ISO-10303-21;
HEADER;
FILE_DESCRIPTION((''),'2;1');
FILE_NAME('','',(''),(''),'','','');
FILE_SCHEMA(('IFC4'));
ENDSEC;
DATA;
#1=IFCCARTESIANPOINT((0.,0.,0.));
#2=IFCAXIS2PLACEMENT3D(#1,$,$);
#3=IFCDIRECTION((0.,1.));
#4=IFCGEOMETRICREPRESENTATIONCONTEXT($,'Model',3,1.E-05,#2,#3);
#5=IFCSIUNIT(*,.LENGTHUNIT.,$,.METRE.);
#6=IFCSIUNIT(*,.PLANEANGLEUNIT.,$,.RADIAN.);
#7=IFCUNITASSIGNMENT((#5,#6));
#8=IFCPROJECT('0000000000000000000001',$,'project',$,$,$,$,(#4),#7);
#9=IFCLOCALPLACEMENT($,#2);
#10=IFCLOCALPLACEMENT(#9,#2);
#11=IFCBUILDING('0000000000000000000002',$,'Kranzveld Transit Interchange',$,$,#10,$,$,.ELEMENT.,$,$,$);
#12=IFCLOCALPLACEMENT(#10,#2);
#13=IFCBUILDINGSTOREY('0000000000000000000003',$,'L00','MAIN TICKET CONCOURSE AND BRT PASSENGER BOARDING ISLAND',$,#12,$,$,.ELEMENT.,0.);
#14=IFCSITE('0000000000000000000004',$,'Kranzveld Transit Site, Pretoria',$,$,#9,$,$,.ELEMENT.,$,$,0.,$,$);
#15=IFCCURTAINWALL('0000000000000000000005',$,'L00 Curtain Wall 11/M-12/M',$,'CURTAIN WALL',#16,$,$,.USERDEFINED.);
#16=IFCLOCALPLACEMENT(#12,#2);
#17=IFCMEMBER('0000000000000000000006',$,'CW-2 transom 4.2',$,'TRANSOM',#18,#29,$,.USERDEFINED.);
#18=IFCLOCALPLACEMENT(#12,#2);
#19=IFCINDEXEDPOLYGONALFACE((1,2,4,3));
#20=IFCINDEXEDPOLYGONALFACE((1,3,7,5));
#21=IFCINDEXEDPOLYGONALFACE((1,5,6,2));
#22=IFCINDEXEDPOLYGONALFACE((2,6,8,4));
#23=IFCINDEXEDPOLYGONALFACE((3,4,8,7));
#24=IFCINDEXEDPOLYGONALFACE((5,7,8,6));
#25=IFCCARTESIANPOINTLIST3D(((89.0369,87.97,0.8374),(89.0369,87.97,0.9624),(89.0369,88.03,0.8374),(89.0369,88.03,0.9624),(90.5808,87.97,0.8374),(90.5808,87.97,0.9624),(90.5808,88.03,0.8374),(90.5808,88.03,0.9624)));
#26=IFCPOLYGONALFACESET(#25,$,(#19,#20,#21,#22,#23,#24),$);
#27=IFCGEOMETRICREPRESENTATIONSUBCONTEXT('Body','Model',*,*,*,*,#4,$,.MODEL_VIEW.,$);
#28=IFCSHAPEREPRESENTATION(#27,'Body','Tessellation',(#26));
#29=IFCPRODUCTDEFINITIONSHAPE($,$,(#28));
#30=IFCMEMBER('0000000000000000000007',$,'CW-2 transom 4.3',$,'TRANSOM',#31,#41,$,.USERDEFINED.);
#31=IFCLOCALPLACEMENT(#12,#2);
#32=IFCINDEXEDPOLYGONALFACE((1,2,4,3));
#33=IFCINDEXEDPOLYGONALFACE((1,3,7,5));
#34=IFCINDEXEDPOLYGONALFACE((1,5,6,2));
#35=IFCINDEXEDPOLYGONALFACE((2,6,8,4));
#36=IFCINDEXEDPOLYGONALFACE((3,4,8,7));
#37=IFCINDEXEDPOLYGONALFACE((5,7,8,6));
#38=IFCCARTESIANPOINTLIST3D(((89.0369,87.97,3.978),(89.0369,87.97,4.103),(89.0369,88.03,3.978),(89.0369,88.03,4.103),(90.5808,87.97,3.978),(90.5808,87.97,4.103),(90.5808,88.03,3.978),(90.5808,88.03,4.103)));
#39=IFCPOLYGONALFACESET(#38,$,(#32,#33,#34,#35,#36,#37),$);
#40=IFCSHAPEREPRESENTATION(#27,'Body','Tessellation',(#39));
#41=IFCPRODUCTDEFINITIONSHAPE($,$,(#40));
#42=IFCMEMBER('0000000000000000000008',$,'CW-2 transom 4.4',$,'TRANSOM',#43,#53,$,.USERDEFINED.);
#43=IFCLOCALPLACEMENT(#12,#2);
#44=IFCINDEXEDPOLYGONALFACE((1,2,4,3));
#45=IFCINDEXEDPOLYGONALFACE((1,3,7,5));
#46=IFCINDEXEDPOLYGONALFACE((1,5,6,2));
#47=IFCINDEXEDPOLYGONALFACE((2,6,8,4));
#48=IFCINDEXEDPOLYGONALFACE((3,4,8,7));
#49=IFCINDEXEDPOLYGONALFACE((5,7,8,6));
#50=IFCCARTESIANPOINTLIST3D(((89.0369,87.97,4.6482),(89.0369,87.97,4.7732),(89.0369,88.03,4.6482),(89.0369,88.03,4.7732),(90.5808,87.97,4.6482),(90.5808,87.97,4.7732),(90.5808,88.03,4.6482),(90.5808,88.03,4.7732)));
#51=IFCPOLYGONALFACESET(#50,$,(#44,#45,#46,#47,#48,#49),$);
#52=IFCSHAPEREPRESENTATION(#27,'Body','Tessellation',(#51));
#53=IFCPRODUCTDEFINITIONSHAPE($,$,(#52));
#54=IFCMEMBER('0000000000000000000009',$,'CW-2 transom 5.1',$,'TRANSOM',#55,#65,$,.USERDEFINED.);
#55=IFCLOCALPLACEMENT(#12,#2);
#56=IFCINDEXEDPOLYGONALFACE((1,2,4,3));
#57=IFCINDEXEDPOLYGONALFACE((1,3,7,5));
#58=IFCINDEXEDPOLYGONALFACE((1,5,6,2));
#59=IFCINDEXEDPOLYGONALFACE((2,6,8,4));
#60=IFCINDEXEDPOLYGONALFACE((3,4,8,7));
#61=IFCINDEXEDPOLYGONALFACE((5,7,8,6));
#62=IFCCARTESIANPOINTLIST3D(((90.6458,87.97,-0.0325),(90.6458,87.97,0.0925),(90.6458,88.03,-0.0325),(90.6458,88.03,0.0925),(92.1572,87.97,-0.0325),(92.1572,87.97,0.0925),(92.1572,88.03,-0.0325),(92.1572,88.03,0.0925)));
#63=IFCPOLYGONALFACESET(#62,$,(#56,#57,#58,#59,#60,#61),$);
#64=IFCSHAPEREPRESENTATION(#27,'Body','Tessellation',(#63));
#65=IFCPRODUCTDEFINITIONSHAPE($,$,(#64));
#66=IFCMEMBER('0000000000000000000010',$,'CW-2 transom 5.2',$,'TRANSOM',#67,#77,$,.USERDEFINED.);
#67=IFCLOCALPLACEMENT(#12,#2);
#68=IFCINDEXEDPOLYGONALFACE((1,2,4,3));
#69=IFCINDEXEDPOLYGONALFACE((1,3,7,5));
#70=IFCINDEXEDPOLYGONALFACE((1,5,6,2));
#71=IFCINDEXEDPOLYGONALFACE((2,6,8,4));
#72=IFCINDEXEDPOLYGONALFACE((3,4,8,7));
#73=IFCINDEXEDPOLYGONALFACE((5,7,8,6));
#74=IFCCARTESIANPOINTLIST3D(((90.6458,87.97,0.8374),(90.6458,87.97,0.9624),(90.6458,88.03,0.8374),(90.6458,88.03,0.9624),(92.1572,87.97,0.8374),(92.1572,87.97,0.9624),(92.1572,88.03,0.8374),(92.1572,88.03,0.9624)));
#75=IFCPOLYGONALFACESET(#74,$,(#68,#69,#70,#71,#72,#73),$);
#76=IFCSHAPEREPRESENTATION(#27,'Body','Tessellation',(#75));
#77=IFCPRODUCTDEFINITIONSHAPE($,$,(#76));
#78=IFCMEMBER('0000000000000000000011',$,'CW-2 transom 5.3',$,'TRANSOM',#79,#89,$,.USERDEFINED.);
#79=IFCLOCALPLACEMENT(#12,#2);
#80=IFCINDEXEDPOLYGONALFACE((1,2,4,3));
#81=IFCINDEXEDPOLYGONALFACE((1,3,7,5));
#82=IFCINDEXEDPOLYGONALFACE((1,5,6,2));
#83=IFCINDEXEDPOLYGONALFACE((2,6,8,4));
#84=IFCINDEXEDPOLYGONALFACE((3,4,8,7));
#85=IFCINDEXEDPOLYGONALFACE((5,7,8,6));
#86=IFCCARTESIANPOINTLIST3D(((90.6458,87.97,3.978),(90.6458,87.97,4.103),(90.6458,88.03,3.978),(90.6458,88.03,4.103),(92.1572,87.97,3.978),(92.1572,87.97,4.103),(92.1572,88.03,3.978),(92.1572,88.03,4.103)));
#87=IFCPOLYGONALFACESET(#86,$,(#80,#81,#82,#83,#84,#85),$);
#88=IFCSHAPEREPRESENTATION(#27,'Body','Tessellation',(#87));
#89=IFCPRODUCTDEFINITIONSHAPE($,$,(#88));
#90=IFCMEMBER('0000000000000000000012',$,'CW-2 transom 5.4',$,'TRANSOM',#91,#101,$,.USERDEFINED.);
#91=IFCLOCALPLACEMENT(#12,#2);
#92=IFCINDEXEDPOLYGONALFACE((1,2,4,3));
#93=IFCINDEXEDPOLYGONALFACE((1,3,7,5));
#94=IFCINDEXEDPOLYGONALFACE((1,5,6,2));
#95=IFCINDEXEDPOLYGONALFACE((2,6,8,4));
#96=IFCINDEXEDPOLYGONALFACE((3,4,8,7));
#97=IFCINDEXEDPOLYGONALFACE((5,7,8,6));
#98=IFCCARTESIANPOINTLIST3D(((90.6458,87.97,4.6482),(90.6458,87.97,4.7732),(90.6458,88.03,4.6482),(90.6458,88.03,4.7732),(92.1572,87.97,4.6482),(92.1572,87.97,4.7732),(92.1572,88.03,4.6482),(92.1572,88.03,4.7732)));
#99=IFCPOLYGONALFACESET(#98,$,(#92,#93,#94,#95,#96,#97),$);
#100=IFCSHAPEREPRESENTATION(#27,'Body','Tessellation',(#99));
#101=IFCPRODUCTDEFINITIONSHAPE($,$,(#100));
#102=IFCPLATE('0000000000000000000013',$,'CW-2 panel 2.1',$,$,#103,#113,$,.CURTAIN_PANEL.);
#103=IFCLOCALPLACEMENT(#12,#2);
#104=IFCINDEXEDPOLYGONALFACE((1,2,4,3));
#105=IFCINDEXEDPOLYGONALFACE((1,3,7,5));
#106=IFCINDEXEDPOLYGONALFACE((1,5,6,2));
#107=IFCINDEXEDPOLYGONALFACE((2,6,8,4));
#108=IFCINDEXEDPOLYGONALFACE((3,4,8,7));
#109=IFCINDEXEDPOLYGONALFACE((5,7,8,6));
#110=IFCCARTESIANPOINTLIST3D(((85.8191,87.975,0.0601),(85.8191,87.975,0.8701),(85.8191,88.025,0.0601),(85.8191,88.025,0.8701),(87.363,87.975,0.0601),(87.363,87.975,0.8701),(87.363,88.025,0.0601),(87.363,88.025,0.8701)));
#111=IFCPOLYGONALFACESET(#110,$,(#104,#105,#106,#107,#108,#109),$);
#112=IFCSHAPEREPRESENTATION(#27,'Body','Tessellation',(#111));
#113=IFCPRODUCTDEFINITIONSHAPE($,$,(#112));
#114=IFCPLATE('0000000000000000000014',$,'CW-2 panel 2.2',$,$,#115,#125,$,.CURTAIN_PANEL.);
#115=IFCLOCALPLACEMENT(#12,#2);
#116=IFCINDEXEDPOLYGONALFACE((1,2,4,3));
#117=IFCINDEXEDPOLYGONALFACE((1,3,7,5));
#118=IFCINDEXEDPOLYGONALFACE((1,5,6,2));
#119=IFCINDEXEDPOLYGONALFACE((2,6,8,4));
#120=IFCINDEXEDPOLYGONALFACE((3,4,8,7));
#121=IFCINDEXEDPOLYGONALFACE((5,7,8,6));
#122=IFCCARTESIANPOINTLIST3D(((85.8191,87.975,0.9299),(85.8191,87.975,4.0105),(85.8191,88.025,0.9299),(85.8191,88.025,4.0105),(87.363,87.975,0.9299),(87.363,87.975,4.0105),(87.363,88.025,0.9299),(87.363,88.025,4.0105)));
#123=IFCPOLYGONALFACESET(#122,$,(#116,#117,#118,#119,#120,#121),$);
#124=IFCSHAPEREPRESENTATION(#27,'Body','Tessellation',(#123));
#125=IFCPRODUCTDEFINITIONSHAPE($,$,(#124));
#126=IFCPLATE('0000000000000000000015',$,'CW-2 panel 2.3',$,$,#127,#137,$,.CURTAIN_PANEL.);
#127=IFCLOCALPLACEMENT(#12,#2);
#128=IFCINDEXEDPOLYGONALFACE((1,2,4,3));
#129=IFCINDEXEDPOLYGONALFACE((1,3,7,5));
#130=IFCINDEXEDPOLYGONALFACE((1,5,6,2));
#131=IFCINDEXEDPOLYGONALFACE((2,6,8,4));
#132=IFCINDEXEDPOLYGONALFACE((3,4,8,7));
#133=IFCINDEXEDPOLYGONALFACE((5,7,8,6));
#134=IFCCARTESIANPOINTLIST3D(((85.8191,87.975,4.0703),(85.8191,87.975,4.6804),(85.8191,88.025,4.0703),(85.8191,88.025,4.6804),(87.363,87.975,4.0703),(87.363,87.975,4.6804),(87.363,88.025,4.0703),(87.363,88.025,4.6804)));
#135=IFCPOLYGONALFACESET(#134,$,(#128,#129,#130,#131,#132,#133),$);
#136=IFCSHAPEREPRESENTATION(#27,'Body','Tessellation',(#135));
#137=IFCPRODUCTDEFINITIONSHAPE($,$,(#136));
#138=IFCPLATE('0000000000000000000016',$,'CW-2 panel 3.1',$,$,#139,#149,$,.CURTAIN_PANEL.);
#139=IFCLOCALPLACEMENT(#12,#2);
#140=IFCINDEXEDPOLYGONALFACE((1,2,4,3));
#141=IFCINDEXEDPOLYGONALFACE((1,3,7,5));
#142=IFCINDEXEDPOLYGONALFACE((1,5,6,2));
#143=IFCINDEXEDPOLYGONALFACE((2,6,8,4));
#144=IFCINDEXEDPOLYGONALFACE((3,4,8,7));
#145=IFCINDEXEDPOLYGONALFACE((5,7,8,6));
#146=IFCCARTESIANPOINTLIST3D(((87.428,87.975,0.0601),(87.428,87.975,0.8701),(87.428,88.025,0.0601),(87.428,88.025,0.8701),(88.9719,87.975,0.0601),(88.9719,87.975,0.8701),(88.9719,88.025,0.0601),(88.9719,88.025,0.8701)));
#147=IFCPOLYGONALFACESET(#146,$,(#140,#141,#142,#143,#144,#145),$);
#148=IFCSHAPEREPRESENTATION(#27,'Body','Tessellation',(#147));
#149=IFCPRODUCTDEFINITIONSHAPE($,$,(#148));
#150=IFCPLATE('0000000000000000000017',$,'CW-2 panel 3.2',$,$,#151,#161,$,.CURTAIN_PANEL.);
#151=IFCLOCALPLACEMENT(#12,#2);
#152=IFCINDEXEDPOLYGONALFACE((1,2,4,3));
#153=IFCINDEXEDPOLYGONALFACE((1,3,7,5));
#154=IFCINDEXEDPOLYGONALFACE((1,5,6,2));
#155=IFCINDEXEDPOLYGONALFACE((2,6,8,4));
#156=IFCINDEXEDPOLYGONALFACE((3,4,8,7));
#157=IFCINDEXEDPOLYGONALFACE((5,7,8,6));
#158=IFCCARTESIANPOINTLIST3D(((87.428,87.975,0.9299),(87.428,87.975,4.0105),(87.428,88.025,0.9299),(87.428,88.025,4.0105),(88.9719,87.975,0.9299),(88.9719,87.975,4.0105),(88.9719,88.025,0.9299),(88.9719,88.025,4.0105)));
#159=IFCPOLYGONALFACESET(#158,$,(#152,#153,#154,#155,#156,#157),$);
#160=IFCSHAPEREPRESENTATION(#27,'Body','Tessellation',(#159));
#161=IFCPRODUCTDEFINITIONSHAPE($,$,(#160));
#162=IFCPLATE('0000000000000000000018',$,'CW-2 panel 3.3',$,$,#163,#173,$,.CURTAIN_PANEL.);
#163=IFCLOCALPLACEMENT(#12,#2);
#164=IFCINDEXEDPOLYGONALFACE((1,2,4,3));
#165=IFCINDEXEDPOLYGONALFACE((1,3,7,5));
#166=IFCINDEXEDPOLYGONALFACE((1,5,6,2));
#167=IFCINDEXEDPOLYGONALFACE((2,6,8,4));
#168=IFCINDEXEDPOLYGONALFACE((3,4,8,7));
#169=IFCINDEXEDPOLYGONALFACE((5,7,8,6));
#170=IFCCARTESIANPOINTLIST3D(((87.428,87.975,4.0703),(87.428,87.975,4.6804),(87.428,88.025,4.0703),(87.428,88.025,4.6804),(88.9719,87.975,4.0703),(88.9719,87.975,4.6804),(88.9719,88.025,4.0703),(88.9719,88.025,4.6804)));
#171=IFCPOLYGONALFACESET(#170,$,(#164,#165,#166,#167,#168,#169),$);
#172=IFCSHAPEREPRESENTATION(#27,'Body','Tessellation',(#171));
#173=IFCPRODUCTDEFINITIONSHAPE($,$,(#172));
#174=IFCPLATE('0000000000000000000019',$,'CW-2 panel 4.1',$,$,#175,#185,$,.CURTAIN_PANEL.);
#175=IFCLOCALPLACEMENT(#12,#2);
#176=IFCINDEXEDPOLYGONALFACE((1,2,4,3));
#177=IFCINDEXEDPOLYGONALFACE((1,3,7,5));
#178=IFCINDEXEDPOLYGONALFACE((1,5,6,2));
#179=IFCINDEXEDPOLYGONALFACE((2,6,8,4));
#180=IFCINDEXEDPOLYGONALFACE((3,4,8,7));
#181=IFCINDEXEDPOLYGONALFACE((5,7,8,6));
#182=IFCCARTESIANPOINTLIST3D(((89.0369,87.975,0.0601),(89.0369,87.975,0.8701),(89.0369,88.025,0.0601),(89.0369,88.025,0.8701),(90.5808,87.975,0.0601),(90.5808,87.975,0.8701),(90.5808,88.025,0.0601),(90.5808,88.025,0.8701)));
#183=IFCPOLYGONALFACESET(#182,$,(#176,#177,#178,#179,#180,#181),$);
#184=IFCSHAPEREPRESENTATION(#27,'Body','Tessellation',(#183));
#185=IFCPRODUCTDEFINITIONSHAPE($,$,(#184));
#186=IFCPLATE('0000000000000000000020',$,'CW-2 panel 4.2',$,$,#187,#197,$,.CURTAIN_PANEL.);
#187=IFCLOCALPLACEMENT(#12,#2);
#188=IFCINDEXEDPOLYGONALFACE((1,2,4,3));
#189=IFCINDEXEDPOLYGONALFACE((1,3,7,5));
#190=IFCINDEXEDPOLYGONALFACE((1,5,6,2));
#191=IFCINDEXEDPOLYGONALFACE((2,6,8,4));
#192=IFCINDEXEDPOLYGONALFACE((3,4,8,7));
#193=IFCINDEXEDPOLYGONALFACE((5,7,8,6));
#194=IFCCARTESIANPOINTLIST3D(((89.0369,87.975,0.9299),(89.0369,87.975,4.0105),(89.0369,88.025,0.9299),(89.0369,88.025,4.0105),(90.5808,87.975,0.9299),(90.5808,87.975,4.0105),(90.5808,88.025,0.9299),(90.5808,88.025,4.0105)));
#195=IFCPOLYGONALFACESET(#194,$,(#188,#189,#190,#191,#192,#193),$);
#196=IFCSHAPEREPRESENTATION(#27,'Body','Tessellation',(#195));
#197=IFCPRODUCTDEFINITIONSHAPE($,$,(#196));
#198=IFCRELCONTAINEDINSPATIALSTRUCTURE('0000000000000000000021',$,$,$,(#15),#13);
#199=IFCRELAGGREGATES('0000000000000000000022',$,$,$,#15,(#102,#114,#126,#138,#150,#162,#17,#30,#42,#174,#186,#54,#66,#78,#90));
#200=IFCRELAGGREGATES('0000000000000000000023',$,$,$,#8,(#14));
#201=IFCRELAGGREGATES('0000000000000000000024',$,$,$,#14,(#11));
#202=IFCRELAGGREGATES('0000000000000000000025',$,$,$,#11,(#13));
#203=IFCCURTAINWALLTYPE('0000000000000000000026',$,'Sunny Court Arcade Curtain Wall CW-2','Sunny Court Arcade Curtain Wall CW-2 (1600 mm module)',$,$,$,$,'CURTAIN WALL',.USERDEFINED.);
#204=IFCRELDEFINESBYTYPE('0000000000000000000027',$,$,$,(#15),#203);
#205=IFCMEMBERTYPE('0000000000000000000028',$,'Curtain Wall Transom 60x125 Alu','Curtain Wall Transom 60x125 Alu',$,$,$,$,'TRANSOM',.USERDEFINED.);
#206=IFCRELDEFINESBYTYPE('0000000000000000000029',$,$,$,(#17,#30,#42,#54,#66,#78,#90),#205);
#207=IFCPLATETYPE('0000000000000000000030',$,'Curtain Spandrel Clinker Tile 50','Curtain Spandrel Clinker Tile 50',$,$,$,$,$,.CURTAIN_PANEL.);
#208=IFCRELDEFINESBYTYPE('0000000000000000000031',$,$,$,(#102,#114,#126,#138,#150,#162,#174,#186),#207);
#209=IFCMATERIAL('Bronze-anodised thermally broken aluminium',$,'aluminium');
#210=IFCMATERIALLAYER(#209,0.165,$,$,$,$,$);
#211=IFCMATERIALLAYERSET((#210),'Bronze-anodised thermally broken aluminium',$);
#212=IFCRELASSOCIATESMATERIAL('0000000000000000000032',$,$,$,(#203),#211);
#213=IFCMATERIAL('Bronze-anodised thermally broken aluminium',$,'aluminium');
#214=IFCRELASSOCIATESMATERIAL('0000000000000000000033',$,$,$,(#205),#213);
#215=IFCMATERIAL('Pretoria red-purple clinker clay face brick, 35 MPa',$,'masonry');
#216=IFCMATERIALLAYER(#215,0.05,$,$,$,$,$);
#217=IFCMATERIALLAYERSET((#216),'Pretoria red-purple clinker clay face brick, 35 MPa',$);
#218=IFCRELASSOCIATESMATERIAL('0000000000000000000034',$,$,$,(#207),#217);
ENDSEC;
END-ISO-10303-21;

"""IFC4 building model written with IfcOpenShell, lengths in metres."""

from ifc_helpers import new_model, si_unit, direction, frame, origin, origin_2d, place, context, subcontext, project, spatial, rectangle, extrude, material, layer, layer_set, material_profile, profile_set, type_object, element, aggregate, save


model = new_model("IFC4")

# Units and contexts
model_context = context("Model", 3, precision=1e-05, world=origin(), true_north=direction((0.0, 1.0)))
body_context = subcontext(model_context, "Body", "Model", "MODEL_VIEW")
ifc_project = project(units=[si_unit("LENGTHUNIT", "METRE"), si_unit("PLANEANGLEUNIT", "RADIAN")], contexts=[model_context])

# Site, building, storey
site_placement = place(None, origin())
site = spatial("IfcSite", under=ifc_project, at=site_placement, Name="Kranzveld Transit Site, Pretoria", CompositionType="ELEMENT", RefElevation=0.0)
building_placement = place(site_placement, origin())
building = spatial("IfcBuilding", under=site, at=building_placement, Name="Kranzveld Transit Interchange", CompositionType="ELEMENT")
storey_placement = place(building_placement, origin())
storey = spatial("IfcBuildingStorey", under=building, at=storey_placement, Name="L00", Description="MAIN TICKET CONCOURSE AND BRT PASSENGER BOARDING ISLAND", CompositionType="ELEMENT", Elevation=0.0)

# Curtain wall, members, plates
ifc_material_1 = material(Name="Bronze-anodised thermally broken aluminium", Category="aluminium")
ifc_layer_1 = layer(ifc_material_1, 0.165)
ifc_layer_set_1 = layer_set([ifc_layer_1], Name="Bronze-anodised thermally broken aluminium")
curtain_wall_type = type_object("IfcCurtainWallType", Name="Sunny Court Arcade Curtain Wall CW-2", Description="Sunny Court Arcade Curtain Wall CW-2 (1600 mm module)", ElementType="CURTAIN WALL", PredefinedType="USERDEFINED", material=ifc_layer_set_1)
curtain_wall_placement = place(storey_placement, origin())
curtain_wall = element("IfcCurtainWall", 1, at=curtain_wall_placement, inside=storey, type_object=curtain_wall_type, Name="L00 Curtain Wall 11/M-12/M", ObjectType="CURTAIN WALL", PredefinedType="USERDEFINED")
ifc_material_2 = material(Name="Bronze-anodised thermally broken aluminium", Category="aluminium")
ifc_material_profile_1 = material_profile(ifc_material_2, rectangle(XDim=0.0601, YDim=0.125, at=origin_2d()), Name="ALU TRANSOM 60x125")
ifc_profile_set_1 = profile_set([ifc_material_profile_1], Name="Bronze-anodised thermally broken aluminium")
member_type_1 = type_object("IfcMemberType", Name="Curtain Wall Transom 60x125 Alu", Description="Curtain Wall Transom 60x125 Alu", ElementType="TRANSOM", PredefinedType="USERDEFINED", material=ifc_profile_set_1)
member_1_placement = place(storey_placement, frame((89.0369, 88.0, 0.8999), z_axis=(1.0, 0.0, 0.0), x_axis=(0.0, 1.0, 0.0)))
member_1 = element("IfcMember", 2, at=member_1_placement, type_object=member_type_1, Name="CW-2 transom 4.2", ObjectType="TRANSOM", PredefinedType="USERDEFINED", context=body_context, shape_type="SweptSolid", body=[
    extrude(rectangle(XDim=0.0601, YDim=0.125, at=origin_2d()), origin(), (0.0, 0.0, 1.0), 1.5439),
])
member_2_placement = place(storey_placement, frame((89.0369, 88.0, 4.0405), z_axis=(1.0, 0.0, 0.0), x_axis=(0.0, 1.0, 0.0)))
member_2 = element("IfcMember", 3, at=member_2_placement, type_object=member_type_1, Name="CW-2 transom 4.3", ObjectType="TRANSOM", PredefinedType="USERDEFINED", context=body_context, shape_type="SweptSolid", body=[
    extrude(rectangle(XDim=0.0601, YDim=0.125, at=origin_2d()), origin(), (0.0, 0.0, 1.0), 1.5439),
])
member_3_placement = place(storey_placement, frame((89.0369, 88.0, 4.7107), z_axis=(1.0, 0.0, 0.0), x_axis=(0.0, 1.0, 0.0)))
member_3 = element("IfcMember", 4, at=member_3_placement, type_object=member_type_1, Name="CW-2 transom 4.4", ObjectType="TRANSOM", PredefinedType="USERDEFINED", context=body_context, shape_type="SweptSolid", body=[
    extrude(rectangle(XDim=0.0601, YDim=0.125, at=origin_2d()), origin(), (0.0, 0.0, 1.0), 1.5439),
])
member_4_placement = place(storey_placement, frame((90.6458, 88.0, 0.03), z_axis=(1.0, 0.0, 0.0), x_axis=(0.0, 1.0, 0.0)))
member_4 = element("IfcMember", 5, at=member_4_placement, type_object=member_type_1, Name="CW-2 transom 5.1", ObjectType="TRANSOM", PredefinedType="USERDEFINED", context=body_context, shape_type="SweptSolid", body=[
    extrude(rectangle(XDim=0.0601, YDim=0.125, at=origin_2d()), origin(), (0.0, 0.0, 1.0), 1.5115),
])
member_5_placement = place(storey_placement, frame((90.6458, 88.0, 0.8999), z_axis=(1.0, 0.0, 0.0), x_axis=(0.0, 1.0, 0.0)))
member_5 = element("IfcMember", 6, at=member_5_placement, type_object=member_type_1, Name="CW-2 transom 5.2", ObjectType="TRANSOM", PredefinedType="USERDEFINED", context=body_context, shape_type="SweptSolid", body=[
    extrude(rectangle(XDim=0.0601, YDim=0.125, at=origin_2d()), origin(), (0.0, 0.0, 1.0), 1.5115),
])
member_6_placement = place(storey_placement, frame((90.6458, 88.0, 4.0405), z_axis=(1.0, 0.0, 0.0), x_axis=(0.0, 1.0, 0.0)))
member_6 = element("IfcMember", 7, at=member_6_placement, type_object=member_type_1, Name="CW-2 transom 5.3", ObjectType="TRANSOM", PredefinedType="USERDEFINED", context=body_context, shape_type="SweptSolid", body=[
    extrude(rectangle(XDim=0.0601, YDim=0.125, at=origin_2d()), origin(), (0.0, 0.0, 1.0), 1.5115),
])
member_7_placement = place(storey_placement, frame((90.6458, 88.0, 4.7107), z_axis=(1.0, 0.0, 0.0), x_axis=(0.0, 1.0, 0.0)))
member_7 = element("IfcMember", 8, at=member_7_placement, type_object=member_type_1, Name="CW-2 transom 5.4", ObjectType="TRANSOM", PredefinedType="USERDEFINED", context=body_context, shape_type="SweptSolid", body=[
    extrude(rectangle(XDim=0.0601, YDim=0.125, at=origin_2d()), origin(), (0.0, 0.0, 1.0), 1.5115),
])
ifc_material_3 = material(Name="Pretoria red-purple clinker clay face brick, 35 MPa", Category="masonry")
ifc_layer_2 = layer(ifc_material_3, 0.05)
ifc_layer_set_2 = layer_set([ifc_layer_2], Name="Pretoria red-purple clinker clay face brick, 35 MPa")
plate_type = type_object("IfcPlateType", Name="Curtain Spandrel Clinker Tile 50", Description="Curtain Spandrel Clinker Tile 50", PredefinedType="CURTAIN_PANEL", material=ifc_layer_set_2)
plate_1_placement = place(storey_placement, frame((86.5911, 88.0, 0.0601), z_axis=(0.0, 0.0, 1.0), x_axis=(1.0, 0.0, 0.0)))
plate_1 = element("IfcPlate", 9, at=plate_1_placement, type_object=plate_type, Name="CW-2 panel 2.1", PredefinedType="CURTAIN_PANEL", context=body_context, shape_type="SweptSolid", body=[
    extrude(rectangle(XDim=1.5439, YDim=0.05, at=origin_2d()), origin(), (0.0, 0.0, 1.0), 0.8101),
])
plate_2_placement = place(storey_placement, frame((86.5911, 88.0, 0.9299), z_axis=(0.0, 0.0, 1.0), x_axis=(1.0, 0.0, 0.0)))
plate_2 = element("IfcPlate", 10, at=plate_2_placement, type_object=plate_type, Name="CW-2 panel 2.2", PredefinedType="CURTAIN_PANEL", context=body_context, shape_type="SweptSolid", body=[
    extrude(rectangle(XDim=1.5439, YDim=0.05, at=origin_2d()), origin(), (0.0, 0.0, 1.0), 3.0806),
])
plate_3_placement = place(storey_placement, frame((86.5911, 88.0, 4.0703), z_axis=(0.0, 0.0, 1.0), x_axis=(1.0, 0.0, 0.0)))
plate_3 = element("IfcPlate", 11, at=plate_3_placement, type_object=plate_type, Name="CW-2 panel 2.3", PredefinedType="CURTAIN_PANEL", context=body_context, shape_type="SweptSolid", body=[
    extrude(rectangle(XDim=1.5439, YDim=0.05, at=origin_2d()), origin(), (0.0, 0.0, 1.0), 0.6101),
])
plate_4_placement = place(storey_placement, frame((88.2, 88.0, 0.0601), z_axis=(0.0, 0.0, 1.0), x_axis=(1.0, 0.0, 0.0)))
plate_4 = element("IfcPlate", 12, at=plate_4_placement, type_object=plate_type, Name="CW-2 panel 3.1", PredefinedType="CURTAIN_PANEL", context=body_context, shape_type="SweptSolid", body=[
    extrude(rectangle(XDim=1.5439, YDim=0.05, at=origin_2d()), origin(), (0.0, 0.0, 1.0), 0.8101),
])
plate_5_placement = place(storey_placement, frame((88.2, 88.0, 0.9299), z_axis=(0.0, 0.0, 1.0), x_axis=(1.0, 0.0, 0.0)))
plate_5 = element("IfcPlate", 13, at=plate_5_placement, type_object=plate_type, Name="CW-2 panel 3.2", PredefinedType="CURTAIN_PANEL", context=body_context, shape_type="SweptSolid", body=[
    extrude(rectangle(XDim=1.5439, YDim=0.05, at=origin_2d()), origin(), (0.0, 0.0, 1.0), 3.0806),
])
plate_6_placement = place(storey_placement, frame((88.2, 88.0, 4.0703), z_axis=(0.0, 0.0, 1.0), x_axis=(1.0, 0.0, 0.0)))
plate_6 = element("IfcPlate", 14, at=plate_6_placement, type_object=plate_type, Name="CW-2 panel 3.3", PredefinedType="CURTAIN_PANEL", context=body_context, shape_type="SweptSolid", body=[
    extrude(rectangle(XDim=1.5439, YDim=0.05, at=origin_2d()), origin(), (0.0, 0.0, 1.0), 0.6101),
])
plate_7_placement = place(storey_placement, frame((89.8088, 88.0, 0.0601), z_axis=(0.0, 0.0, 1.0), x_axis=(1.0, 0.0, 0.0)))
plate_7 = element("IfcPlate", 15, at=plate_7_placement, type_object=plate_type, Name="CW-2 panel 4.1", PredefinedType="CURTAIN_PANEL", context=body_context, shape_type="SweptSolid", body=[
    extrude(rectangle(XDim=1.5439, YDim=0.05, at=origin_2d()), origin(), (0.0, 0.0, 1.0), 0.8101),
])
plate_8_placement = place(storey_placement, frame((89.8088, 88.0, 0.9299), z_axis=(0.0, 0.0, 1.0), x_axis=(1.0, 0.0, 0.0)))
plate_8 = element("IfcPlate", 16, at=plate_8_placement, type_object=plate_type, Name="CW-2 panel 4.2", PredefinedType="CURTAIN_PANEL", context=body_context, shape_type="SweptSolid", body=[
    extrude(rectangle(XDim=1.5439, YDim=0.05, at=origin_2d()), origin(), (0.0, 0.0, 1.0), 3.0806),
])
aggregate(curtain_wall, [plate_1, plate_2, plate_3, plate_4, plate_5, plate_6, member_1, member_2, member_3, plate_7, plate_8, member_4, member_5, member_6, member_7])

save(model, "model.ifc")
